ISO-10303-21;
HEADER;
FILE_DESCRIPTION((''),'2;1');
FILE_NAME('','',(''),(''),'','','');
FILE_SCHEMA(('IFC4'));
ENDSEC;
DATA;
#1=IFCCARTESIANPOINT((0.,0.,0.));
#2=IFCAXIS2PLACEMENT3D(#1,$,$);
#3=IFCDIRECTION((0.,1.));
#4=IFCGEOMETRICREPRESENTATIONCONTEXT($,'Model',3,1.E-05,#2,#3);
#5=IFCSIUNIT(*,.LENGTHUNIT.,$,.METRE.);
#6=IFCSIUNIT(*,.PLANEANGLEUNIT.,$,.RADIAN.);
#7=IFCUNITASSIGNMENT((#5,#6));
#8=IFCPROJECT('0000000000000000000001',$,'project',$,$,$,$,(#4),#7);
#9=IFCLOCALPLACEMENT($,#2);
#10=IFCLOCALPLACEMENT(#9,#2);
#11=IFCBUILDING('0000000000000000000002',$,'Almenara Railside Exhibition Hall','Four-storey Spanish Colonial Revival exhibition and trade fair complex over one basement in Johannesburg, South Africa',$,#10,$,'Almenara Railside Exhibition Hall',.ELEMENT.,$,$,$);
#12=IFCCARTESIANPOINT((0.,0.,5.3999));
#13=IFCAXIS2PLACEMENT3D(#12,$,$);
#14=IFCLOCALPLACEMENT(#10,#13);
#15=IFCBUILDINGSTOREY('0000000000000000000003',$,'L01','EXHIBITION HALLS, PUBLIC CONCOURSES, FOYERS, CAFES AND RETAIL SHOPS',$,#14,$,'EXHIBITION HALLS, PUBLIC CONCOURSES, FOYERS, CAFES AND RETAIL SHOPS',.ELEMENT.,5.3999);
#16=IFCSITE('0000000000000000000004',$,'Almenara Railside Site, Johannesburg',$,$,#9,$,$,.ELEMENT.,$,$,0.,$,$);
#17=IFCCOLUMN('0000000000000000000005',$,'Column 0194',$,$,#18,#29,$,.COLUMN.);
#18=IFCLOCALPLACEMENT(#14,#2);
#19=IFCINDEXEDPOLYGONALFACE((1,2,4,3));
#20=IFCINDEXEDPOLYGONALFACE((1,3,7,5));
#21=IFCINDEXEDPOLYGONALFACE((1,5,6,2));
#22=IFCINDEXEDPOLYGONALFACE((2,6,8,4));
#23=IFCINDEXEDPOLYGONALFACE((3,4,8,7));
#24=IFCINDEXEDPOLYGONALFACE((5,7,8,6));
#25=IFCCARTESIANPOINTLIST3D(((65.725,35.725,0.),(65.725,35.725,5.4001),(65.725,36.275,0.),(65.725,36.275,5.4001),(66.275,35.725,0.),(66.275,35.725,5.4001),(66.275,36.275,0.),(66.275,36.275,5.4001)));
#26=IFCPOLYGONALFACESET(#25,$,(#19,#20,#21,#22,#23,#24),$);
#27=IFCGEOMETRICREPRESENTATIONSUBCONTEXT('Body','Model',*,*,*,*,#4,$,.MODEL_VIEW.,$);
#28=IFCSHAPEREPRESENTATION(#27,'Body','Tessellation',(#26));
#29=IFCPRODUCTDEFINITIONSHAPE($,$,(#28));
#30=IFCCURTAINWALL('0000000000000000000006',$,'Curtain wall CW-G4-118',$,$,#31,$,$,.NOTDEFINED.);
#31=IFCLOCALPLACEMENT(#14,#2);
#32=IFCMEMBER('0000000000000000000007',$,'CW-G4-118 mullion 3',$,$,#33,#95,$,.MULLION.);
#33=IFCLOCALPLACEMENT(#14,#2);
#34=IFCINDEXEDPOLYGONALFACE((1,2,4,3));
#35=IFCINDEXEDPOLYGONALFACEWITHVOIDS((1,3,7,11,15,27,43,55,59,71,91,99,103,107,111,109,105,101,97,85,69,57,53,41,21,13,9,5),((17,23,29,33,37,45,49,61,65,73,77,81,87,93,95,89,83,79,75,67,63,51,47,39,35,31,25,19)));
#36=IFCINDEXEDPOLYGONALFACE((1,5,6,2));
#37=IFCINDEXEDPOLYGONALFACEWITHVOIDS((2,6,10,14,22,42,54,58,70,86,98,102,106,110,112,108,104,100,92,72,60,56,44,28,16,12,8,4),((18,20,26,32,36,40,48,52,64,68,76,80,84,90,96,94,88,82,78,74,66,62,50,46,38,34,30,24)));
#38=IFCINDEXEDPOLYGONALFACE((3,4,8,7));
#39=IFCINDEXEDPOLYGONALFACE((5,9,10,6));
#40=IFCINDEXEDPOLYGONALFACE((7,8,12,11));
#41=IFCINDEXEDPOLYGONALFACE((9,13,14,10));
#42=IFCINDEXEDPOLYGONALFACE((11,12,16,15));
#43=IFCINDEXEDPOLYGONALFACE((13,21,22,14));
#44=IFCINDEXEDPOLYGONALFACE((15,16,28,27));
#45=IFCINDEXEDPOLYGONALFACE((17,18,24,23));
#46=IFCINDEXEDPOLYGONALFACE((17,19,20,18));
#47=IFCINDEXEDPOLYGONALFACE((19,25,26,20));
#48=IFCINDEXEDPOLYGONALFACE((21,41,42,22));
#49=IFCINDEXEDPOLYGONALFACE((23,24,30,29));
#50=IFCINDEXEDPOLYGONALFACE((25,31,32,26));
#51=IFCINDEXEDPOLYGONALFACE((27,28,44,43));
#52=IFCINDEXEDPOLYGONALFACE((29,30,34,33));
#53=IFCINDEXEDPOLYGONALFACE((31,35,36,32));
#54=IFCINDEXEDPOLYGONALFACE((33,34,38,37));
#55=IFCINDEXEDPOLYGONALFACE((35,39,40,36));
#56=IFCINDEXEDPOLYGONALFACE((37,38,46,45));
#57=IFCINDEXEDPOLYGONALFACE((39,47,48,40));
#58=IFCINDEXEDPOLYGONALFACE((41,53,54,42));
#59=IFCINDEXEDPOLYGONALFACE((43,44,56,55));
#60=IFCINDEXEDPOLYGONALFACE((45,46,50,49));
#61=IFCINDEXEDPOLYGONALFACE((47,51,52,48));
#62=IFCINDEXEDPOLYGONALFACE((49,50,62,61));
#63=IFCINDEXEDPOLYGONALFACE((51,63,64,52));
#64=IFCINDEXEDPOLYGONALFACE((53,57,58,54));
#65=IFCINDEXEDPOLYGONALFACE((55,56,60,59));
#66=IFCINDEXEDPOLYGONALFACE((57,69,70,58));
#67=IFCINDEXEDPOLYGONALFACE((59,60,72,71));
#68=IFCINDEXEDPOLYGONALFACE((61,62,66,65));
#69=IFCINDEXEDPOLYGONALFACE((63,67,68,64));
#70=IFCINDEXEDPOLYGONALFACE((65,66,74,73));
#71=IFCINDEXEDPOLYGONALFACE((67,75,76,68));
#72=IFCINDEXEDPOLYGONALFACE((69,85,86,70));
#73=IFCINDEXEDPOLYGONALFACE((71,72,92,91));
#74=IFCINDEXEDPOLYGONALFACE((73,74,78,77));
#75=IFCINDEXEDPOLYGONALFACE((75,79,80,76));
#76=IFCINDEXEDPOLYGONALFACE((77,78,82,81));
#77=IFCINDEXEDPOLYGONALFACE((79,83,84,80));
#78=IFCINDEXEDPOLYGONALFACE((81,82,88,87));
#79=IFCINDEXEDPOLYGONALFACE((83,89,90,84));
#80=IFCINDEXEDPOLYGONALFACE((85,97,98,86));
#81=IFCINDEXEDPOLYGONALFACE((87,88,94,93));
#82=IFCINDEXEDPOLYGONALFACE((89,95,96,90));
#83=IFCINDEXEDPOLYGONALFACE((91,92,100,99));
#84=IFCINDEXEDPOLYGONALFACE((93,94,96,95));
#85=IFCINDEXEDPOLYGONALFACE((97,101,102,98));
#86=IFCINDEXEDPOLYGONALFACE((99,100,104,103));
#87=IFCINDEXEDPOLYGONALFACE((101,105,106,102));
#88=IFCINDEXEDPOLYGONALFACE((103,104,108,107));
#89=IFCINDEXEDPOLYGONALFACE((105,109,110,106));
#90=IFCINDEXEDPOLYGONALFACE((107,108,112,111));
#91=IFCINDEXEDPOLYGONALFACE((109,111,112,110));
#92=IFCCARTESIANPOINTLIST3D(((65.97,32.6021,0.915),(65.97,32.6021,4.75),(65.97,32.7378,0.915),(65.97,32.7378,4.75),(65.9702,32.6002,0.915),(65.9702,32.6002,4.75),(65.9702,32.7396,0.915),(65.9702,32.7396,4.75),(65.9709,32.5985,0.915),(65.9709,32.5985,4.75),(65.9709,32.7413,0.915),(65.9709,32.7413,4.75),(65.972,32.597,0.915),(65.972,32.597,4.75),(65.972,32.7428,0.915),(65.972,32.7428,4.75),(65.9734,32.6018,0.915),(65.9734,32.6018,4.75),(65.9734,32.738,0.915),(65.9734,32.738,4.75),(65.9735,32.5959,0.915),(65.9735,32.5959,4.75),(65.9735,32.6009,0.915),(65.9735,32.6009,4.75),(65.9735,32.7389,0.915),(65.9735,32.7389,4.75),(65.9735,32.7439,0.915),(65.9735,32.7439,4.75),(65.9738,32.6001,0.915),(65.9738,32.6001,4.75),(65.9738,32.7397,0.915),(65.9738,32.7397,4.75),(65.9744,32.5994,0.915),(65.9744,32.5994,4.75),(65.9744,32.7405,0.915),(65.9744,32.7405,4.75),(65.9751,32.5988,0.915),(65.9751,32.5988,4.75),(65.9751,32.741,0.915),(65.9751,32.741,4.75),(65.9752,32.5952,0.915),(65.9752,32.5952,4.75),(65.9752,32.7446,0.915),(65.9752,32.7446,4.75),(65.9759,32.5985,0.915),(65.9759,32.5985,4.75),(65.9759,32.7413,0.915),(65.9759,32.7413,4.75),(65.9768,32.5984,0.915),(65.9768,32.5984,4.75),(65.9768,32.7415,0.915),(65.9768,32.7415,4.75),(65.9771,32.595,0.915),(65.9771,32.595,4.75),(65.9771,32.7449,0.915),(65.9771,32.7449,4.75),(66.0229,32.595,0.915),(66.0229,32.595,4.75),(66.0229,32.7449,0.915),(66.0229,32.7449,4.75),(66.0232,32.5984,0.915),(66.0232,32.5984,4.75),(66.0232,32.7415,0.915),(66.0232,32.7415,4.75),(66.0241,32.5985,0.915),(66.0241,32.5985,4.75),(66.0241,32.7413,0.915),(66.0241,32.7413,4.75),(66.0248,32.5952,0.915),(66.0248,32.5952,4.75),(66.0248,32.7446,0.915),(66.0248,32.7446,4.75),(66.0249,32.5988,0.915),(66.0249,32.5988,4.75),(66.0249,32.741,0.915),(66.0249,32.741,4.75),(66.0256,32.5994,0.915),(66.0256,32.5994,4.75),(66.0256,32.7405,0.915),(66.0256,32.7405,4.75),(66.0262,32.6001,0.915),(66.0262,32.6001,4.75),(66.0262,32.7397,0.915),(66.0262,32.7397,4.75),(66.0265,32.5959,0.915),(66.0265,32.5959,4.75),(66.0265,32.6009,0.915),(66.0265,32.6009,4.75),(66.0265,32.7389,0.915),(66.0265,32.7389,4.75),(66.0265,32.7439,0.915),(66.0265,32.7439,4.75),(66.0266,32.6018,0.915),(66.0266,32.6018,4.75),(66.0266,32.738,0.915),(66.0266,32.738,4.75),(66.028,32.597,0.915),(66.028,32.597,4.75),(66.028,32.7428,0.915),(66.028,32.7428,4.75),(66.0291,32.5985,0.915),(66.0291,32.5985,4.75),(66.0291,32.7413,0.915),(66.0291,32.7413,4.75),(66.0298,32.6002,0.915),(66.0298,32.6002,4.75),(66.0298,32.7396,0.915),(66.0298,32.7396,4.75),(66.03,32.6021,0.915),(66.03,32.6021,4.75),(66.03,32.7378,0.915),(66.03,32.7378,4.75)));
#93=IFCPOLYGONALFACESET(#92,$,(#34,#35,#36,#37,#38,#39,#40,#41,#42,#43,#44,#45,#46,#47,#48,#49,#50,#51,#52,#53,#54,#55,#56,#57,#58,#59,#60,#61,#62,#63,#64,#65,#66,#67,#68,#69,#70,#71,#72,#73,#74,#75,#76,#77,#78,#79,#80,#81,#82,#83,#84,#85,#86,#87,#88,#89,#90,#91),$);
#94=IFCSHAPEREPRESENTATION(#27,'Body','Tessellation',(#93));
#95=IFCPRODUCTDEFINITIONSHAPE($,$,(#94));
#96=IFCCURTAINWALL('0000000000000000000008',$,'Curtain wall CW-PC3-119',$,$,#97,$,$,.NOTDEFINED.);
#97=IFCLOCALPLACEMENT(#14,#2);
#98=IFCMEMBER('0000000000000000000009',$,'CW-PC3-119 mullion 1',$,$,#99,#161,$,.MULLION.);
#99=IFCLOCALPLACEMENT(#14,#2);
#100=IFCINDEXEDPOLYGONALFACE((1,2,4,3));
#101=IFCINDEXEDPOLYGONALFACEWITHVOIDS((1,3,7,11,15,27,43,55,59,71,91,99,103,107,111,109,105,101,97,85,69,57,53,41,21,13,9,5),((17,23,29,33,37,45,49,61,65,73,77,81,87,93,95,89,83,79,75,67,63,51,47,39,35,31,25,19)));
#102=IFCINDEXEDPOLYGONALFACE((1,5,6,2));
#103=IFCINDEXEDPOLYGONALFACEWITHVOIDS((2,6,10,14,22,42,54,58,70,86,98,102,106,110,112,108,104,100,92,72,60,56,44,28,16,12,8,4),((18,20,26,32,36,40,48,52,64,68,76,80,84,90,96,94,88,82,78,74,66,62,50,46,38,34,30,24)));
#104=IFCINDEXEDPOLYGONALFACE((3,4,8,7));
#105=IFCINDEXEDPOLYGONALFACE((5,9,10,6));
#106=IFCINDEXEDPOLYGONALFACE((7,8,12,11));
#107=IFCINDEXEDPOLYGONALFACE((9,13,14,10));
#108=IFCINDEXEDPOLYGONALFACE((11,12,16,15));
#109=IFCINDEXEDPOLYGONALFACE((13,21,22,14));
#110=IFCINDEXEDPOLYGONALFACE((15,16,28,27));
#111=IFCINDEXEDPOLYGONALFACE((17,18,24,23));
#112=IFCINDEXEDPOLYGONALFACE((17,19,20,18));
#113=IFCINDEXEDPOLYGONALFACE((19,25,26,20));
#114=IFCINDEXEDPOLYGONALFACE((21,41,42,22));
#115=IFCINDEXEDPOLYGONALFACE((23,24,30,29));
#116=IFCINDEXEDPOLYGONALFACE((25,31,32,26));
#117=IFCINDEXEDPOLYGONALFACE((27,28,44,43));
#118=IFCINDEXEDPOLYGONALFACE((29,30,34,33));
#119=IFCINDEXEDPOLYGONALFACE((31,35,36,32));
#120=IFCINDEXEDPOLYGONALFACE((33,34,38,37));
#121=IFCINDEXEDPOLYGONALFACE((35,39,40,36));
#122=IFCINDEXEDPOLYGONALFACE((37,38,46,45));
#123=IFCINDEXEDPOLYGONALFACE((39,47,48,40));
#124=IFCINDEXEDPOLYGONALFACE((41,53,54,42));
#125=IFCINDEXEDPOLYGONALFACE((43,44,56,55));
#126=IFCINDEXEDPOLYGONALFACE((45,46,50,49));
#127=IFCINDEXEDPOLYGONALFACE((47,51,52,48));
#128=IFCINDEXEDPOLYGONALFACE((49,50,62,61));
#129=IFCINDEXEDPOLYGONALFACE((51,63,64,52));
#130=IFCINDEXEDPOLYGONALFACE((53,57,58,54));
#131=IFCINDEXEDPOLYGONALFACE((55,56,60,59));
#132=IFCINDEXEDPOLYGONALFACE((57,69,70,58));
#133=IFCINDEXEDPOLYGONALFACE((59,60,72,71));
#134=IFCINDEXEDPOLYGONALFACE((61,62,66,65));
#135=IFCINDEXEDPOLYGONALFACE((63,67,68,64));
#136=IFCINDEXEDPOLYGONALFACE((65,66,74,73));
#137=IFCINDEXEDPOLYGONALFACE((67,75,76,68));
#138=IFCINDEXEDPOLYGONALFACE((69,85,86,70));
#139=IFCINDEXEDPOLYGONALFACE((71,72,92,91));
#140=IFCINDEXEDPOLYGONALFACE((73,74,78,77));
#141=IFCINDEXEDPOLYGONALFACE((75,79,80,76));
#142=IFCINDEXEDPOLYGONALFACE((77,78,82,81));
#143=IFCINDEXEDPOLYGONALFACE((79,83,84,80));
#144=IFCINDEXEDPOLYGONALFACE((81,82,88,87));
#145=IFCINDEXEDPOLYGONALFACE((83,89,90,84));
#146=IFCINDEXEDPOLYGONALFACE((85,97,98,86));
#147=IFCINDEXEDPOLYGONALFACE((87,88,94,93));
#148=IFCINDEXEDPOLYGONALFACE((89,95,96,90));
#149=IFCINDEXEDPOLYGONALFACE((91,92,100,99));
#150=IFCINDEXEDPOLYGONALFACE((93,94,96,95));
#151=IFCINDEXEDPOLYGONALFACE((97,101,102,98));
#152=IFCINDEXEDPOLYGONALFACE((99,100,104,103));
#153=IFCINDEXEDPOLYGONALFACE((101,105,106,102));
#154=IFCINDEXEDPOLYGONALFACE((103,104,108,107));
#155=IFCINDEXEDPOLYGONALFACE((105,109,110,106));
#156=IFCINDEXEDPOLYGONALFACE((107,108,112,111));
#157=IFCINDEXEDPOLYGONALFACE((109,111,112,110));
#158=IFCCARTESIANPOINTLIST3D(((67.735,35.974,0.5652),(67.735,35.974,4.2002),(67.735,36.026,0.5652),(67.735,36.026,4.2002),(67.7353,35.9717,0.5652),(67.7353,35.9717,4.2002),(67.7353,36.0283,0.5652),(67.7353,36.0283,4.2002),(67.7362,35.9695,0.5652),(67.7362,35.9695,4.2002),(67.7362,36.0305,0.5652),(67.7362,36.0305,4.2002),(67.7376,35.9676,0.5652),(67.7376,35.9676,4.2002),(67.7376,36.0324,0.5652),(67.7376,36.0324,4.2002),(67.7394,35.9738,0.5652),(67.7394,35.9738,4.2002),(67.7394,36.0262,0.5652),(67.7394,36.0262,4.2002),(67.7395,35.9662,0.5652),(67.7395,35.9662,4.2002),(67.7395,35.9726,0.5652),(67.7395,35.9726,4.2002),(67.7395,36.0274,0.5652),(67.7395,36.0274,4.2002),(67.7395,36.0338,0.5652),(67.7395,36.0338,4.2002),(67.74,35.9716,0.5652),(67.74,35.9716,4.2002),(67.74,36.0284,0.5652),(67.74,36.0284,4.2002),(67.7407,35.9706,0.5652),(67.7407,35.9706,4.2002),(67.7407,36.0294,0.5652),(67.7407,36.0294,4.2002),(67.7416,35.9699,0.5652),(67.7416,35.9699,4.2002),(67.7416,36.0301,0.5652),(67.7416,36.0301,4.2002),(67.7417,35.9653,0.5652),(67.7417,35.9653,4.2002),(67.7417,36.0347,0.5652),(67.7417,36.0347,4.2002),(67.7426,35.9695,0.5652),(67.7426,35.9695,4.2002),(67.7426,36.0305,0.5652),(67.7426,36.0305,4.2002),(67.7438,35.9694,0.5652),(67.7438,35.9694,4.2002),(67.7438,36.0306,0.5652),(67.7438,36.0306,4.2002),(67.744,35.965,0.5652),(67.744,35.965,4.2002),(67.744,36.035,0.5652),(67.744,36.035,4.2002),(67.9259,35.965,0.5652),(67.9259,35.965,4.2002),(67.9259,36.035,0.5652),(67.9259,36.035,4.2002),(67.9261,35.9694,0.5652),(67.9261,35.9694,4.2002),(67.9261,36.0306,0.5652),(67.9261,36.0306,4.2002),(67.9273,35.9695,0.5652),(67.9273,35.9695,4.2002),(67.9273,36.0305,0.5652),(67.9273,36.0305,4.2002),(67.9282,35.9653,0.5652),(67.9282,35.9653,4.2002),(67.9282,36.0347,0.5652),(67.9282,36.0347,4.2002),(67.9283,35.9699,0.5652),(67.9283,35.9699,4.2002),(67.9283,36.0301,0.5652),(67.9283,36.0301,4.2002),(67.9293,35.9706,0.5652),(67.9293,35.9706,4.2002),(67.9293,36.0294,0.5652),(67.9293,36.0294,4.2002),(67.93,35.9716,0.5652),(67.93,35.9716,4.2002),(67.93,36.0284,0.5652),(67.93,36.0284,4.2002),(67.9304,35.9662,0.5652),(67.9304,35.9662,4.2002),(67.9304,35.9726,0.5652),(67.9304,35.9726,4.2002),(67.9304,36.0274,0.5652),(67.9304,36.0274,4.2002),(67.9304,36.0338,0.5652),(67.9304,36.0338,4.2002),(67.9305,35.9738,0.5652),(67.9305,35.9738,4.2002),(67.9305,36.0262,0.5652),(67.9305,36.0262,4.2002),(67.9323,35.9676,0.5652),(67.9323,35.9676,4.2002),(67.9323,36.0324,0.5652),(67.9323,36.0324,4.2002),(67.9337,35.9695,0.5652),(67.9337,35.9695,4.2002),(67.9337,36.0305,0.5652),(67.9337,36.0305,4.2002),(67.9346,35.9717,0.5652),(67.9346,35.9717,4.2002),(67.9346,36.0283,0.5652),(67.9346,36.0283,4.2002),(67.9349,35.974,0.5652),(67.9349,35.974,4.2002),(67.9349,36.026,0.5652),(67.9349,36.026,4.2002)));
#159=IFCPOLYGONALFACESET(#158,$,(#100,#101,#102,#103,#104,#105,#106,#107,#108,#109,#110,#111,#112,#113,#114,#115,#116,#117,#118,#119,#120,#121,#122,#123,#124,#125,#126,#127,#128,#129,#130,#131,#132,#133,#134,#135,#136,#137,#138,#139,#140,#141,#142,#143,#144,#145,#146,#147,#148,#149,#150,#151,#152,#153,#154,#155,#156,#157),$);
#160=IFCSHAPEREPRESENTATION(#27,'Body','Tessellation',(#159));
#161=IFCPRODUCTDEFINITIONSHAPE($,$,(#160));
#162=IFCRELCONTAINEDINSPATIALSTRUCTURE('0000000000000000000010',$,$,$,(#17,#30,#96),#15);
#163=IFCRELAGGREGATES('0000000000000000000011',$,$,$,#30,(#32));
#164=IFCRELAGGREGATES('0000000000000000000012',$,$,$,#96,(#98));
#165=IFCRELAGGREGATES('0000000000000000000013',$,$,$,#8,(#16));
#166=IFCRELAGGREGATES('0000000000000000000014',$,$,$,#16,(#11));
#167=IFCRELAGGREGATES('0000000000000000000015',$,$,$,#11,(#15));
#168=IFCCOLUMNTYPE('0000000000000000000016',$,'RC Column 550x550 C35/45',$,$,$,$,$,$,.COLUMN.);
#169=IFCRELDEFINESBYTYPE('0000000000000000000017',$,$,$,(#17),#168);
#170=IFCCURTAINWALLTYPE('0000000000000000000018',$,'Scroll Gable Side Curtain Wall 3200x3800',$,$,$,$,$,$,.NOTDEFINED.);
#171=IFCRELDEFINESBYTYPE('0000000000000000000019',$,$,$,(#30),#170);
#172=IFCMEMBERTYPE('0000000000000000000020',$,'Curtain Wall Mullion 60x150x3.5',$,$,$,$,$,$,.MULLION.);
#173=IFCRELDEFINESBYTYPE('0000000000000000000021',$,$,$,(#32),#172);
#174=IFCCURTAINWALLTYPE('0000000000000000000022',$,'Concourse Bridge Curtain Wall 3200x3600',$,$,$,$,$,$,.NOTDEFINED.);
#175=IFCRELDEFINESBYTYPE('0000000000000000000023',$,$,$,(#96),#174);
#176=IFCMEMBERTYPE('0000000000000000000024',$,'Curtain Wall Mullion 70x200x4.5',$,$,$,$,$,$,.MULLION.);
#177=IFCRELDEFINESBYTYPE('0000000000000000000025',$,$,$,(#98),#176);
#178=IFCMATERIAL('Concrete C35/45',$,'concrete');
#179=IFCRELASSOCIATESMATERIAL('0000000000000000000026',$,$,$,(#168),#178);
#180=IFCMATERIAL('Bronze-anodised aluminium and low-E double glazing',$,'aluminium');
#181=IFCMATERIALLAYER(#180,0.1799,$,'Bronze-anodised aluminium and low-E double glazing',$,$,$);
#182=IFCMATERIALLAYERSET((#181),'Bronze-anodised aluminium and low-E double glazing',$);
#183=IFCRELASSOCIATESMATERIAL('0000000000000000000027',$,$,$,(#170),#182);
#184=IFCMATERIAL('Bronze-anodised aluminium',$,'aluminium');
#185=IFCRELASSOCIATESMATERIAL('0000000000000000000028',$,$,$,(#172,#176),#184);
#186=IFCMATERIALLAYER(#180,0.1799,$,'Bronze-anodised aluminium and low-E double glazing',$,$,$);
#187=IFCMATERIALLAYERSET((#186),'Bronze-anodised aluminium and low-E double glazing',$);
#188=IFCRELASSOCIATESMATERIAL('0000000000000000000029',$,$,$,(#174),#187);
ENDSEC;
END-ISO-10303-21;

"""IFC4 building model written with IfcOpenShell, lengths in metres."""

from ifc_helpers import new_model, si_unit, direction, frame, origin, origin_2d, place, context, subcontext, project, spatial, rectangle, hollow_rectangle, extrude, material, layer, layer_set, material_profile, profile_set, type_object, element, aggregate, save


model = new_model("IFC4")

# Units and contexts
model_context = context("Model", 3, precision=1e-05, world=origin(), true_north=direction((0.0, 1.0)))
body_context = subcontext(model_context, "Body", "Model", "MODEL_VIEW")
ifc_project = project(units=[si_unit("LENGTHUNIT", "METRE"), si_unit("PLANEANGLEUNIT", "RADIAN")], contexts=[model_context])

# Site, building, storey
site_placement = place(None, origin())
site = spatial("IfcSite", under=ifc_project, at=site_placement, Name="Almenara Railside Site, Johannesburg", CompositionType="ELEMENT", RefElevation=0.0)
building_placement = place(site_placement, origin())
building = spatial("IfcBuilding", under=site, at=building_placement, Name="Almenara Railside Exhibition Hall", Description="Four-storey Spanish Colonial Revival exhibition and trade fair complex over one basement in Johannesburg, South Africa", LongName="Almenara Railside Exhibition Hall", CompositionType="ELEMENT")
storey_placement = place(building_placement, frame((0.0, 0.0, 5.3999)))
storey = spatial("IfcBuildingStorey", under=building, at=storey_placement, Name="L01", Description="EXHIBITION HALLS, PUBLIC CONCOURSES, FOYERS, CAFES AND RETAIL SHOPS", LongName="EXHIBITION HALLS, PUBLIC CONCOURSES, FOYERS, CAFES AND RETAIL SHOPS", CompositionType="ELEMENT", Elevation=5.3999)

# Column
ifc_material_1 = material(Name="Concrete C35/45", Category="concrete")
ifc_material_profile_1 = material_profile(ifc_material_1, rectangle(XDim=0.55, YDim=0.55, at=origin_2d()), Name="RC 550x550")
ifc_profile_set_1 = profile_set([ifc_material_profile_1], Name="Concrete C35/45")
column_type = type_object("IfcColumnType", Name="RC Column 550x550 C35/45", PredefinedType="COLUMN", material=ifc_profile_set_1)
column_placement = place(storey_placement, frame((66.0, 36.0, 0.0), z_axis=(0.0, 0.0, 1.0), x_axis=(1.0, 0.0, 0.0)))
element("IfcColumn", 1, at=column_placement, inside=storey, type_object=column_type, Name="Column 0194", PredefinedType="COLUMN", context=body_context, shape_type="SweptSolid", body=[
    extrude(rectangle(XDim=0.55, YDim=0.55, at=origin_2d()), origin(), (0.0, 0.0, 1.0), 5.4001),
])

# Curtain wall, member
ifc_material_2 = material(Name="Bronze-anodised aluminium and low-E double glazing", Category="aluminium")
ifc_layer_1 = layer(ifc_material_2, 0.1799, Name="Bronze-anodised aluminium and low-E double glazing")
ifc_layer_set_1 = layer_set([ifc_layer_1], Name="Bronze-anodised aluminium and low-E double glazing")
curtain_wall_type_1 = type_object("IfcCurtainWallType", Name="Scroll Gable Side Curtain Wall 3200x3800", PredefinedType="NOTDEFINED", material=ifc_layer_set_1)
curtain_wall_1_placement = place(storey_placement, origin())
curtain_wall_1 = element("IfcCurtainWall", 2, at=curtain_wall_1_placement, inside=storey, type_object=curtain_wall_type_1, Name="Curtain wall CW-G4-118", PredefinedType="NOTDEFINED")
ifc_material_3 = material(Name="Bronze-anodised aluminium", Category="aluminium")
ifc_material_profile_2 = material_profile(ifc_material_3, hollow_rectangle(XDim=0.0601, YDim=0.1499, WallThickness=0.0034, InnerFilletRadius=0.0034, OuterFilletRadius=0.0071, at=origin_2d()), Name="ALU-MUL 60x150x3.5")
ifc_profile_set_2 = profile_set([ifc_material_profile_2], Name="Bronze-anodised aluminium")
member_type_1 = type_object("IfcMemberType", Name="Curtain Wall Mullion 60x150x3.5", PredefinedType="MULLION", material=ifc_profile_set_2)
member_1_placement = place(storey_placement, frame((66.0, 32.6699, 0.915), z_axis=(0.0, 0.0, 1.0), x_axis=(-1.0, 0.0, 0.0)))
member_1 = element("IfcMember", 3, at=member_1_placement, type_object=member_type_1, Name="CW-G4-118 mullion 3", PredefinedType="MULLION", context=body_context, shape_type="SweptSolid", body=[
    extrude(hollow_rectangle(XDim=0.0601, YDim=0.1499, WallThickness=0.0034, InnerFilletRadius=0.0034, OuterFilletRadius=0.0071, at=origin_2d()), origin(), (0.0, 0.0, 1.0), 3.835),
])

# Curtain wall, member
ifc_layer_2 = layer(ifc_material_2, 0.1799, Name="Bronze-anodised aluminium and low-E double glazing")
ifc_layer_set_2 = layer_set([ifc_layer_2], Name="Bronze-anodised aluminium and low-E double glazing")
curtain_wall_type_2 = type_object("IfcCurtainWallType", Name="Concourse Bridge Curtain Wall 3200x3600", PredefinedType="NOTDEFINED", material=ifc_layer_set_2)
curtain_wall_2_placement = place(storey_placement, origin())
curtain_wall_2 = element("IfcCurtainWall", 4, at=curtain_wall_2_placement, inside=storey, type_object=curtain_wall_type_2, Name="Curtain wall CW-PC3-119", PredefinedType="NOTDEFINED")
ifc_material_profile_3 = material_profile(ifc_material_3, hollow_rectangle(XDim=0.0701, YDim=0.2, WallThickness=0.0044, InnerFilletRadius=0.0044, OuterFilletRadius=0.009, at=origin_2d()), Name="ALU-MUL 70x200x4.5")
ifc_profile_set_3 = profile_set([ifc_material_profile_3], Name="Bronze-anodised aluminium")
member_type_2 = type_object("IfcMemberType", Name="Curtain Wall Mullion 70x200x4.5", PredefinedType="MULLION", material=ifc_profile_set_3)
member_2_placement = place(storey_placement, frame((67.835, 36.0, 0.5652), z_axis=(0.0, 0.0, 1.0), x_axis=(0.0, 1.0, 0.0)))
member_2 = element("IfcMember", 5, at=member_2_placement, type_object=member_type_2, Name="CW-PC3-119 mullion 1", PredefinedType="MULLION", context=body_context, shape_type="SweptSolid", body=[
    extrude(hollow_rectangle(XDim=0.0701, YDim=0.2, WallThickness=0.0044, InnerFilletRadius=0.0044, OuterFilletRadius=0.009, at=origin_2d()), origin(), (0.0, 0.0, 1.0), 3.635),
])

aggregate(curtain_wall_1, [member_1])
aggregate(curtain_wall_2, [member_2])

save(model, "model.ifc")
